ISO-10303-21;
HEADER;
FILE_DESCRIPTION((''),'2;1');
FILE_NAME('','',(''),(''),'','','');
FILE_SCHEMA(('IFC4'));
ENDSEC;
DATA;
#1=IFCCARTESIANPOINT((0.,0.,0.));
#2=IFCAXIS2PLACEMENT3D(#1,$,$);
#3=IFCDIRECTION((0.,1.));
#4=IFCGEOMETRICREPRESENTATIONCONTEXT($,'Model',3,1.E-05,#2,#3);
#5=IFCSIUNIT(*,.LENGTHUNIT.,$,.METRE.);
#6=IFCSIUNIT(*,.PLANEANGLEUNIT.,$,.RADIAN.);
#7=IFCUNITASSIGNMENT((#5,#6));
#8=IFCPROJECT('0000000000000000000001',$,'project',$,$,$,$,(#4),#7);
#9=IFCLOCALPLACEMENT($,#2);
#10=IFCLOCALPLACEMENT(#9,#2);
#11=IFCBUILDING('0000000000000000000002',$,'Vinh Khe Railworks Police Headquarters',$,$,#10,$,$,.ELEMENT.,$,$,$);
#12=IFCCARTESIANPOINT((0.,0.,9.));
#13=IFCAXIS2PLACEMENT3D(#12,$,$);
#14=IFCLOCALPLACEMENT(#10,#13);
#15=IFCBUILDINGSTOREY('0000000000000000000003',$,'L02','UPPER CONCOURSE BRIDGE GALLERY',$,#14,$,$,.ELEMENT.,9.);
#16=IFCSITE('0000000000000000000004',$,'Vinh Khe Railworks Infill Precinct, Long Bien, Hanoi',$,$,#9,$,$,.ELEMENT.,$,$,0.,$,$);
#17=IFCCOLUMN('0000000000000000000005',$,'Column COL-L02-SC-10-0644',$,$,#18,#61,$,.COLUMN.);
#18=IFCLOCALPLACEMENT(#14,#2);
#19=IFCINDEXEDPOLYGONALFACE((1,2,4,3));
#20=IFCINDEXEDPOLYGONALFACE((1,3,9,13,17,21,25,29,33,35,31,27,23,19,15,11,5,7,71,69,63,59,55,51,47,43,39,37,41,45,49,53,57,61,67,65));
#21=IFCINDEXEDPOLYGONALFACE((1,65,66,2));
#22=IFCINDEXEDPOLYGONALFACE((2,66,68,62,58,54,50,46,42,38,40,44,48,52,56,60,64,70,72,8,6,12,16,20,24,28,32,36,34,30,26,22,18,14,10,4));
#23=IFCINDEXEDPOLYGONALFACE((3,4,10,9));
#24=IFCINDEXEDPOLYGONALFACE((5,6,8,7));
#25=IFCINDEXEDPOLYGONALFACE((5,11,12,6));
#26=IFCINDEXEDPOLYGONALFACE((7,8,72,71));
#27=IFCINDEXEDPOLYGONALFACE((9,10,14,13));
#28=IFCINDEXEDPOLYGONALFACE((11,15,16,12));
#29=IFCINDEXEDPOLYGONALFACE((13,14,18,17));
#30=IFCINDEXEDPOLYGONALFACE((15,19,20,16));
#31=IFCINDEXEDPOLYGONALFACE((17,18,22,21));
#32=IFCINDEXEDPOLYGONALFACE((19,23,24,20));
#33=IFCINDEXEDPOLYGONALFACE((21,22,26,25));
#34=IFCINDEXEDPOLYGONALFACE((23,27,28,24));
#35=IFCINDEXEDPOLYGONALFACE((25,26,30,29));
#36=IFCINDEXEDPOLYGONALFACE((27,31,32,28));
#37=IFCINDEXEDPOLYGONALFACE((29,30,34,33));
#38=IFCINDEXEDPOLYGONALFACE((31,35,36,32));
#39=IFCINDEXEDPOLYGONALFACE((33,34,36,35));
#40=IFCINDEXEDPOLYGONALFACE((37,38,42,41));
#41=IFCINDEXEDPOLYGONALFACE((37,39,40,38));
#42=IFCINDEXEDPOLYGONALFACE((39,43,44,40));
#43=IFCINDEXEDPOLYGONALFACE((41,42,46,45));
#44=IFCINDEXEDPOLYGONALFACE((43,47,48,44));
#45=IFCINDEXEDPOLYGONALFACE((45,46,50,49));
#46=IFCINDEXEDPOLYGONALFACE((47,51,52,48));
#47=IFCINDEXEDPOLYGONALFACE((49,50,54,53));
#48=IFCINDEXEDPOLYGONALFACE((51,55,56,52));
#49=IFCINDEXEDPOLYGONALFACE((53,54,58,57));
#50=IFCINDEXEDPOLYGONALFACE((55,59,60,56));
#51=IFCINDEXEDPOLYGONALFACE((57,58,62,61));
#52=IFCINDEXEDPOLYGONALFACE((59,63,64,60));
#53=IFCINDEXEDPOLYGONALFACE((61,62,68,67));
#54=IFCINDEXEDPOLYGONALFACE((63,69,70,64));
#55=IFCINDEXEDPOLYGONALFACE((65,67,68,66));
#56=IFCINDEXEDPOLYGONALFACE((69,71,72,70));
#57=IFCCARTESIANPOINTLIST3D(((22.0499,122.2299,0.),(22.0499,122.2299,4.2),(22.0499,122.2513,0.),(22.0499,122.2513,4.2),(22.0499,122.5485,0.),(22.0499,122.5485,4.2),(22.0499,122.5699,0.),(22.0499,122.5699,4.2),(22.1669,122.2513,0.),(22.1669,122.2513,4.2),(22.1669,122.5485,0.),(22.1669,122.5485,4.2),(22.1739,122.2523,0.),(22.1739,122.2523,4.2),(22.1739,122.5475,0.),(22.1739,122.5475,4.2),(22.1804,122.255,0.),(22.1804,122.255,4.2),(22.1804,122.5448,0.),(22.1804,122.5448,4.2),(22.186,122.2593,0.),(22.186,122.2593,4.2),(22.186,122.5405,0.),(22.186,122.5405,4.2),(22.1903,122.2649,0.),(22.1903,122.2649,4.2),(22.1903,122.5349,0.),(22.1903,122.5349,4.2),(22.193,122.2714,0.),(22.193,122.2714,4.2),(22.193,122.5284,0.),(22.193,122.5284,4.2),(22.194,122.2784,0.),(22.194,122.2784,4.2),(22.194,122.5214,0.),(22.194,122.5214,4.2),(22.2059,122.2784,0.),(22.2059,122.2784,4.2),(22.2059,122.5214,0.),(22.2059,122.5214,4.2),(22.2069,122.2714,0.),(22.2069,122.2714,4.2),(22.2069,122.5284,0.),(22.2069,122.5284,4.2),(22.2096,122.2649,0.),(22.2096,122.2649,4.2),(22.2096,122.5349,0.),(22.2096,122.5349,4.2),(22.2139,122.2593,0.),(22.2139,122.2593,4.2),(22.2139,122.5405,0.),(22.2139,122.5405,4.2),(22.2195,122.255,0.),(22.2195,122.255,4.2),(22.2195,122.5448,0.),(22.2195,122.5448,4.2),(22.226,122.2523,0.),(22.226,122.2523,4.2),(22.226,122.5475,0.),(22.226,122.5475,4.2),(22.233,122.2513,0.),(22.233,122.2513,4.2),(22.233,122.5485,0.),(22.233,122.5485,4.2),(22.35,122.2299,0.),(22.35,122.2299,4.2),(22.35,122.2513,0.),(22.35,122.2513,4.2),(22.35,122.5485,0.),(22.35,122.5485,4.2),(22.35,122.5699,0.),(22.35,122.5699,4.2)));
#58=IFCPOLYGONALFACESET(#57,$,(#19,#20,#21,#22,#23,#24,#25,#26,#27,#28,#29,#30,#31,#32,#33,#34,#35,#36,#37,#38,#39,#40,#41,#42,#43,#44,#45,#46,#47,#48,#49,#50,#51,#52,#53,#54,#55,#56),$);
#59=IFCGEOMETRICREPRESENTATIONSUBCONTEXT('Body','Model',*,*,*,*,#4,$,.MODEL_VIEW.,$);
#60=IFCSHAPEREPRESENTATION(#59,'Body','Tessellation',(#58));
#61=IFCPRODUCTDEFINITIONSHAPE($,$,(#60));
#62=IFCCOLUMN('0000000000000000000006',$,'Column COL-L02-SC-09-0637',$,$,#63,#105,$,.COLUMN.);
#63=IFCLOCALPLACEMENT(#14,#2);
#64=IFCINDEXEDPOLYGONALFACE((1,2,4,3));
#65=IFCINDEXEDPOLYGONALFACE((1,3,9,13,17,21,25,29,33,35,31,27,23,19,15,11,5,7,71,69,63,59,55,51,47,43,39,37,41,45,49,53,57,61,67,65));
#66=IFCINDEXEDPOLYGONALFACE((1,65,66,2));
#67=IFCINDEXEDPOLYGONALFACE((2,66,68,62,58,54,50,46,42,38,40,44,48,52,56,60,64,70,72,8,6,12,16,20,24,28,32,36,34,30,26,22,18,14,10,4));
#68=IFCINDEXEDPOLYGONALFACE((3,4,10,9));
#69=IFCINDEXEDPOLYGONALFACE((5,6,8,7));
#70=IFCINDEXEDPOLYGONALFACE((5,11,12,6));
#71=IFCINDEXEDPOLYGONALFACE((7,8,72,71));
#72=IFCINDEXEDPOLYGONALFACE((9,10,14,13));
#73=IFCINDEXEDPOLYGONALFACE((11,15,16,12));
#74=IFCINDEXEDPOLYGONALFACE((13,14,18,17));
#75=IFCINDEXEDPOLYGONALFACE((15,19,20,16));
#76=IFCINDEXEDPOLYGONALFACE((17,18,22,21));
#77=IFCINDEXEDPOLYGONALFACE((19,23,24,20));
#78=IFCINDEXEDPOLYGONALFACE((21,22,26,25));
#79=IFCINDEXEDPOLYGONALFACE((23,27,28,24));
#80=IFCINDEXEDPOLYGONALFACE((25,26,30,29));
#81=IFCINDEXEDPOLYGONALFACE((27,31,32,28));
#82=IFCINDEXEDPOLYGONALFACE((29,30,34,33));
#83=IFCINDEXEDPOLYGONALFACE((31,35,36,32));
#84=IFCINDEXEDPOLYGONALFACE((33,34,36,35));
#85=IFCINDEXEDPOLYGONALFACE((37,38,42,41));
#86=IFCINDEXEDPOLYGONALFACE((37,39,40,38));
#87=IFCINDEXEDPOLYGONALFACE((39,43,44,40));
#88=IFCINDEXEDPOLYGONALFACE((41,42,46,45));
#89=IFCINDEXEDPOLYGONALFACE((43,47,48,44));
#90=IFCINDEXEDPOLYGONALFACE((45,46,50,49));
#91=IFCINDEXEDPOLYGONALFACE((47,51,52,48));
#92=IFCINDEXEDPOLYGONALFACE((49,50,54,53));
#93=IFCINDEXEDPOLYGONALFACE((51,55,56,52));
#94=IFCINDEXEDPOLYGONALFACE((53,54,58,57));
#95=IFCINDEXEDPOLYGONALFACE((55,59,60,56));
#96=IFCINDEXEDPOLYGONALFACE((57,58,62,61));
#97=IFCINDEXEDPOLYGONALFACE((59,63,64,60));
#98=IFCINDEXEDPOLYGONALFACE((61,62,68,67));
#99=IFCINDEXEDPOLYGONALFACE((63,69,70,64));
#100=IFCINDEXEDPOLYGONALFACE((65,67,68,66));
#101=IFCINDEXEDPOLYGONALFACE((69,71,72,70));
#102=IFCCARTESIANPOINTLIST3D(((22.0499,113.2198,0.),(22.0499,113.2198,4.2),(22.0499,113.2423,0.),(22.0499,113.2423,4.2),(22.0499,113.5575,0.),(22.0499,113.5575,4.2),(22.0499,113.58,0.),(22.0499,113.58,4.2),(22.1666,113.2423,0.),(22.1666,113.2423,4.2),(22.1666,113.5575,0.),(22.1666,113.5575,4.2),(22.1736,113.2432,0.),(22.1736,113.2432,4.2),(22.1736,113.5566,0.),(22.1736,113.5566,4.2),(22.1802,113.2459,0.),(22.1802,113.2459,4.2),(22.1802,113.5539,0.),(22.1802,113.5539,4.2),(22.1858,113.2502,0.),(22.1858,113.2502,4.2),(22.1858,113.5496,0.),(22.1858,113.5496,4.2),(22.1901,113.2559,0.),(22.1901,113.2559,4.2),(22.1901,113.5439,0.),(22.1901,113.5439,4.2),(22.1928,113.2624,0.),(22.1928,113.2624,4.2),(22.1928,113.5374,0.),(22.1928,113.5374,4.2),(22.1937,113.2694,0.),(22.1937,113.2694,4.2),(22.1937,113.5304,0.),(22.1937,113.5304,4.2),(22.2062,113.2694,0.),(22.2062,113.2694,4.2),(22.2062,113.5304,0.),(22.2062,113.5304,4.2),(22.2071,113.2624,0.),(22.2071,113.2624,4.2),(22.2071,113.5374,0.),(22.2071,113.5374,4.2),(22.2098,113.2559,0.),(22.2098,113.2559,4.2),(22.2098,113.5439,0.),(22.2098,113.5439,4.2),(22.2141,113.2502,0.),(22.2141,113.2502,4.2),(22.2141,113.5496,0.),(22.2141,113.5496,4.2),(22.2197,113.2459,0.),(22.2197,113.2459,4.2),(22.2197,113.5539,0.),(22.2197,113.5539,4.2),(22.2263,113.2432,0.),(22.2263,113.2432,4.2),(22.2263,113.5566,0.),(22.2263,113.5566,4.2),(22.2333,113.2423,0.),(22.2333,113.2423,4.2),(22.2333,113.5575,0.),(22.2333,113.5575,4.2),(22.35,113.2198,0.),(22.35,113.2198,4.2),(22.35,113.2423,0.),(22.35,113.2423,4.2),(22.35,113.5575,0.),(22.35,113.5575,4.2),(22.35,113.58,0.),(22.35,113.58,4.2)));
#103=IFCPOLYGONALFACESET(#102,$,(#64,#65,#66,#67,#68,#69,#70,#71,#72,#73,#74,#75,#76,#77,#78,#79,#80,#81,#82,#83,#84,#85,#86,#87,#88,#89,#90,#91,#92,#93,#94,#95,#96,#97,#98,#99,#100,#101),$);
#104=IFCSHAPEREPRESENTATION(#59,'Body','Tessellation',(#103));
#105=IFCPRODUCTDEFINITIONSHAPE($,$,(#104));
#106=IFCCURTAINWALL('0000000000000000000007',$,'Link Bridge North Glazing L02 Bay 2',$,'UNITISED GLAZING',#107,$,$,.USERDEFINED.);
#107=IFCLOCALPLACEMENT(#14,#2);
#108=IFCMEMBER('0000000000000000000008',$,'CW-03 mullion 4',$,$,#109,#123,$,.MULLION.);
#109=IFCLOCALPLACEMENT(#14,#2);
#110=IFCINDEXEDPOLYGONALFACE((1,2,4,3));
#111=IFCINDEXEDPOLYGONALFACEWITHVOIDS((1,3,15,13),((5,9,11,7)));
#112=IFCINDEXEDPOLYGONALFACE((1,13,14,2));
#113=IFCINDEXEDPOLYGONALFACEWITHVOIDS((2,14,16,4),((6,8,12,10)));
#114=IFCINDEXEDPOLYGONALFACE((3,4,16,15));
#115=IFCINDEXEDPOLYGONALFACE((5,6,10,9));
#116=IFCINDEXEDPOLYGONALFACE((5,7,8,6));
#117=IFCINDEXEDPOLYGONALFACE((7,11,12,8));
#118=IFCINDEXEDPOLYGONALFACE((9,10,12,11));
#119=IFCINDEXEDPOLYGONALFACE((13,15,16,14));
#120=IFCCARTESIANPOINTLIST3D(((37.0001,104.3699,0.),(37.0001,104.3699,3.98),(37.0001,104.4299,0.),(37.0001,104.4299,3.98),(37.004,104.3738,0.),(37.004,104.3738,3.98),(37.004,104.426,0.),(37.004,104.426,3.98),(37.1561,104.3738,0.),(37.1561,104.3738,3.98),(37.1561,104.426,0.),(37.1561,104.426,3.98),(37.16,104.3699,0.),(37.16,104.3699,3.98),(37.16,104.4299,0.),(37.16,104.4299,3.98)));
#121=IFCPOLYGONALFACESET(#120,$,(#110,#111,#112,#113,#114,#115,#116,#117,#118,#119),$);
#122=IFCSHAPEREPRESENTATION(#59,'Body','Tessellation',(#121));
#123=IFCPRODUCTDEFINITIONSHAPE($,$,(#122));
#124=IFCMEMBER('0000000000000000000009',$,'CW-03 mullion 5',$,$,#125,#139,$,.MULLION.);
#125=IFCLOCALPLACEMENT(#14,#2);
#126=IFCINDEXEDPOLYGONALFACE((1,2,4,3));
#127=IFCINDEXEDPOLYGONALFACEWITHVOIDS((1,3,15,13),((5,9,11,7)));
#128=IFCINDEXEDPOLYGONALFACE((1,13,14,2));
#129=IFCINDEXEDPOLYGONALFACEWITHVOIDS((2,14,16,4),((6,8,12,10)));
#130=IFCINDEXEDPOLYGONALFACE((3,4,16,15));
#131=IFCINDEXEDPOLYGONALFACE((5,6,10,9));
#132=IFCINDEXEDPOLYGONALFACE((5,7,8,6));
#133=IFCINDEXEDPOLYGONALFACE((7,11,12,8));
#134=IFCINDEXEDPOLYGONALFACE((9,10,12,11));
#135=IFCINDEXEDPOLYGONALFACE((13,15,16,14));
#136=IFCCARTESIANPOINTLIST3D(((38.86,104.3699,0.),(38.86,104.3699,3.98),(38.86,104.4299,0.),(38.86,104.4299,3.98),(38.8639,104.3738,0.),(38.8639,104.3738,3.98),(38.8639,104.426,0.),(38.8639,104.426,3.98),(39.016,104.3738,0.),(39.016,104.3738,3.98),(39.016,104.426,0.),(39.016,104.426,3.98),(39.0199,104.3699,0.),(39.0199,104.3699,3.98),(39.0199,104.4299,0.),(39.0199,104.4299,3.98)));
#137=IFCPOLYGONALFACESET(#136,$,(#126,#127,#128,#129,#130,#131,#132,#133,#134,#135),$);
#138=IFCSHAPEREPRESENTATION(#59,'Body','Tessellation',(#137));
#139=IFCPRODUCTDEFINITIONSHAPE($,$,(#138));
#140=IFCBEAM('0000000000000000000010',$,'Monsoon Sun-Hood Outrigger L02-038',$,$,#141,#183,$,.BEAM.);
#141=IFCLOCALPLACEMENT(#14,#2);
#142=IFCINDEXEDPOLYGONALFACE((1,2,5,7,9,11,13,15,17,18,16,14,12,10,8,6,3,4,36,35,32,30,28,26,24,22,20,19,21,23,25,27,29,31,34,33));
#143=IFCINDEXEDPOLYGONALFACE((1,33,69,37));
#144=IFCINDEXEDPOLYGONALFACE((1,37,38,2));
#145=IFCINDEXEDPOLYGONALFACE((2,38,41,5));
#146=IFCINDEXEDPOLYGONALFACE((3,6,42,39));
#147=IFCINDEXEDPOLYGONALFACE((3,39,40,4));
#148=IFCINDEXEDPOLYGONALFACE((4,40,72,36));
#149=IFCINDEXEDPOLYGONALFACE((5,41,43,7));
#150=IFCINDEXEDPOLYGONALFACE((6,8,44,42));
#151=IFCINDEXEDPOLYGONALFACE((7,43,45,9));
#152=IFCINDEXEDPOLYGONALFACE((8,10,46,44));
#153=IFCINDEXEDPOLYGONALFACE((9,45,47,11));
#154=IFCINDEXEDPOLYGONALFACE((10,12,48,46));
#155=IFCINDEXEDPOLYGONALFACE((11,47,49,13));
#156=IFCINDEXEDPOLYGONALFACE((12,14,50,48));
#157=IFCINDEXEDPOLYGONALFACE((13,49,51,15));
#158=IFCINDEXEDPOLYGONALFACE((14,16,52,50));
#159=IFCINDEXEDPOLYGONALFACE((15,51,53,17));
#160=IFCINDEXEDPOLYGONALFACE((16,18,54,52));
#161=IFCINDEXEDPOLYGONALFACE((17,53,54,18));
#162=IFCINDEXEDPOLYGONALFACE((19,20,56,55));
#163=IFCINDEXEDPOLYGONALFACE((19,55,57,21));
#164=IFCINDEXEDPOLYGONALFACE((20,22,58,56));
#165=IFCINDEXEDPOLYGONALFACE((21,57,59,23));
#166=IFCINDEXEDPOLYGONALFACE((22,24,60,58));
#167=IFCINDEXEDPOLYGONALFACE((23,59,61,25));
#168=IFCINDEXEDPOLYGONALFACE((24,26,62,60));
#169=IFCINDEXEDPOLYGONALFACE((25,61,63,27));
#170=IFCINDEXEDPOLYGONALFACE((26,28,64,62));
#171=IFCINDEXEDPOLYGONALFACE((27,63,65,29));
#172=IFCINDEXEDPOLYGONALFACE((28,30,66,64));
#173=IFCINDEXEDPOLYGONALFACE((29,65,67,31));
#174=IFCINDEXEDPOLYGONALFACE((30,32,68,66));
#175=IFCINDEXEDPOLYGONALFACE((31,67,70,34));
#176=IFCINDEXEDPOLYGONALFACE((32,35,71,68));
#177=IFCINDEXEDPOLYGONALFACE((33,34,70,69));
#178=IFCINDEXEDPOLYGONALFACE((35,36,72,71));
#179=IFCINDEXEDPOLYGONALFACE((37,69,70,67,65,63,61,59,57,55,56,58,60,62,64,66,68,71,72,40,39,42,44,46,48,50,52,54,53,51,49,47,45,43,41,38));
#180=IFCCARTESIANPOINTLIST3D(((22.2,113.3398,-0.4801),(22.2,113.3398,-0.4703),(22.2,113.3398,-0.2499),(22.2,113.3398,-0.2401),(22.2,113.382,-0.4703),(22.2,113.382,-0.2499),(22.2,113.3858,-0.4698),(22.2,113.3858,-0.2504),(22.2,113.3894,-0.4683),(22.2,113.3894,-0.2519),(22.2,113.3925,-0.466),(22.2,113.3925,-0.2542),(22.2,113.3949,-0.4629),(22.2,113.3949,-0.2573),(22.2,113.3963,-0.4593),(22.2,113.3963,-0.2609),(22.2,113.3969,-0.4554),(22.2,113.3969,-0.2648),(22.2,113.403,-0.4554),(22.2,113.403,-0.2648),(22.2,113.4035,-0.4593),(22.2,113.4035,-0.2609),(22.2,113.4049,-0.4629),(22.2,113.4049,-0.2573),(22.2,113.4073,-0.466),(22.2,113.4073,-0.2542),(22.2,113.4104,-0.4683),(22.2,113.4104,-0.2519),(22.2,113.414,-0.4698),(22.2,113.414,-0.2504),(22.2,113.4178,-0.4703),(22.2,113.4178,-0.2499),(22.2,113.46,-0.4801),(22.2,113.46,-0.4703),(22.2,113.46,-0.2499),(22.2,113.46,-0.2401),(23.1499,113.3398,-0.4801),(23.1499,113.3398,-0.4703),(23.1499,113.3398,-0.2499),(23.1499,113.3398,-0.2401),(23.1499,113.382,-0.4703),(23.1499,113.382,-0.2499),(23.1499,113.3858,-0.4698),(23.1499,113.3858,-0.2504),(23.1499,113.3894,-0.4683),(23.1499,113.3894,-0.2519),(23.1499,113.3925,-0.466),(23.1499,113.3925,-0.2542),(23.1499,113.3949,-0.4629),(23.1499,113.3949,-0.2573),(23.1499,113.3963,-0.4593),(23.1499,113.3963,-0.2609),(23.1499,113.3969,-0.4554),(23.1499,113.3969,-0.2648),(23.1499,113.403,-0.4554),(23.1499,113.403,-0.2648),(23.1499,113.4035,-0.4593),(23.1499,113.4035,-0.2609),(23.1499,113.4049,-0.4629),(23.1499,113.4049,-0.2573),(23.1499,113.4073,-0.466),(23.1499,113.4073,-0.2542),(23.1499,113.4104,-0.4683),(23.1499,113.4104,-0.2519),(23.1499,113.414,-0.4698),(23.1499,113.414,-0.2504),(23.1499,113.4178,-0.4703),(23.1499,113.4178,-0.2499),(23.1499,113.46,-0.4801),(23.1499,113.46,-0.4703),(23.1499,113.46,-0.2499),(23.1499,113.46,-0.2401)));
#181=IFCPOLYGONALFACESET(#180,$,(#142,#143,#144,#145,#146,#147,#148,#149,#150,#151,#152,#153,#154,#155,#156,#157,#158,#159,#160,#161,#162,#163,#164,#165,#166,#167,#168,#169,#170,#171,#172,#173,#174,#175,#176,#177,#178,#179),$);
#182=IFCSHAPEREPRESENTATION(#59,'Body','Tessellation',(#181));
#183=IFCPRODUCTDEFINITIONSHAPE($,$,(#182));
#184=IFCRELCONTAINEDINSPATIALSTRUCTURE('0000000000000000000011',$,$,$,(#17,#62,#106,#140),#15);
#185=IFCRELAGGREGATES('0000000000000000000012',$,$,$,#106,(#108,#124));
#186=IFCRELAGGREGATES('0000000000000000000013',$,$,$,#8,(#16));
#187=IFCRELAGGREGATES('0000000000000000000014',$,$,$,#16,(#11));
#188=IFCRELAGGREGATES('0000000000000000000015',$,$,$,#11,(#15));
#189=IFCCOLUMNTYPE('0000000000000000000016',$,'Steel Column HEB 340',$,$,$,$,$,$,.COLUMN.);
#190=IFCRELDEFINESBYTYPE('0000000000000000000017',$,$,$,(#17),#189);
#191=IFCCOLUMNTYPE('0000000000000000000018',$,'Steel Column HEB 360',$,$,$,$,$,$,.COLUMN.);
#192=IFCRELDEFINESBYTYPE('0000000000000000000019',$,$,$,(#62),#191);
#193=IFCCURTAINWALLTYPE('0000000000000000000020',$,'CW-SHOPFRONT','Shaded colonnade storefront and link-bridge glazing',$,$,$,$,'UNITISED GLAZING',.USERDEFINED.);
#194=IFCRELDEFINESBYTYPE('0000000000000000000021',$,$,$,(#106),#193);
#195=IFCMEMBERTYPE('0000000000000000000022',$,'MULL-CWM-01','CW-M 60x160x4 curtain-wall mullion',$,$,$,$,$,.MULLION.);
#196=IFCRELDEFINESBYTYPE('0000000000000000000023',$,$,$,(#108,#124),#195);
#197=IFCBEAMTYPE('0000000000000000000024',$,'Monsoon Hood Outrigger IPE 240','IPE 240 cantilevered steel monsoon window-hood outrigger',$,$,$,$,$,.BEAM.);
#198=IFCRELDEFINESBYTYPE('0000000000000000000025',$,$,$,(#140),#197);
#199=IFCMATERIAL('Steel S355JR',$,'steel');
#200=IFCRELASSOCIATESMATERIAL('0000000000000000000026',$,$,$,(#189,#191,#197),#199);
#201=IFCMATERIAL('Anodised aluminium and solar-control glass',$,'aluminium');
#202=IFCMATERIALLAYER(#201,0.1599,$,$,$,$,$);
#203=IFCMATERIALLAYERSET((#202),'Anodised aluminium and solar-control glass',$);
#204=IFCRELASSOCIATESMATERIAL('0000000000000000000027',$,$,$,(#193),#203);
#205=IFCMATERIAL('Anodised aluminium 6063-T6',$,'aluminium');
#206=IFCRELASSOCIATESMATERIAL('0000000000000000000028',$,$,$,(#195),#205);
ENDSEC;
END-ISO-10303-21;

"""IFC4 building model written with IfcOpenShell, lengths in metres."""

from ifc_helpers import new_model, si_unit, direction, frame, origin, origin_2d, place, context, subcontext, project, spatial, hollow_rectangle, i_section, extrude, material, layer, layer_set, material_profile, profile_set, type_object, element, aggregate, save


model = new_model("IFC4")

# Units and contexts
model_context = context("Model", 3, precision=1e-05, world=origin(), true_north=direction((0.0, 1.0)))
body_context = subcontext(model_context, "Body", "Model", "MODEL_VIEW")
ifc_project = project(units=[si_unit("LENGTHUNIT", "METRE"), si_unit("PLANEANGLEUNIT", "RADIAN")], contexts=[model_context])

# Site, building, storey
site_placement = place(None, origin())
site = spatial("IfcSite", under=ifc_project, at=site_placement, Name="Vinh Khe Railworks Infill Precinct, Long Bien, Hanoi", CompositionType="ELEMENT", RefElevation=0.0)
building_placement = place(site_placement, origin())
building = spatial("IfcBuilding", under=site, at=building_placement, Name="Vinh Khe Railworks Police Headquarters", CompositionType="ELEMENT")
storey_placement = place(building_placement, frame((0.0, 0.0, 9.0)))
storey = spatial("IfcBuildingStorey", under=building, at=storey_placement, Name="L02", Description="UPPER CONCOURSE BRIDGE GALLERY", CompositionType="ELEMENT", Elevation=9.0)

# Columns
ifc_material_1 = material(Name="Steel S355JR", Category="steel")
ifc_material_profile_1 = material_profile(ifc_material_1, i_section(OverallWidth=0.3, OverallDepth=0.3401, WebThickness=0.012, FlangeThickness=0.0215, FilletRadius=0.0271, at=origin_2d()), Name="HEB 340")
ifc_profile_set_1 = profile_set([ifc_material_profile_1], Name="Steel S355JR")
column_type_1 = type_object("IfcColumnType", Name="Steel Column HEB 340", PredefinedType="COLUMN", material=ifc_profile_set_1)
column_1_placement = place(storey_placement, frame((22.2, 122.3999, 0.0), z_axis=(0.0, 0.0, 1.0), x_axis=(1.0, 0.0, 0.0)))
element("IfcColumn", 1, at=column_1_placement, inside=storey, type_object=column_type_1, Name="Column COL-L02-SC-10-0644", PredefinedType="COLUMN", context=body_context, shape_type="SweptSolid", body=[
    extrude(i_section(OverallWidth=0.3, OverallDepth=0.3401, WebThickness=0.012, FlangeThickness=0.0215, FilletRadius=0.0271, at=origin_2d()), origin(), (0.0, 0.0, 1.0), 4.2),
])
ifc_material_profile_2 = material_profile(ifc_material_1, i_section(OverallWidth=0.3, OverallDepth=0.3601, WebThickness=0.0125, FlangeThickness=0.0225, FilletRadius=0.0271, at=origin_2d()), Name="HEB 360")
ifc_profile_set_2 = profile_set([ifc_material_profile_2], Name="Steel S355JR")
column_type_2 = type_object("IfcColumnType", Name="Steel Column HEB 360", PredefinedType="COLUMN", material=ifc_profile_set_2)
column_2_placement = place(storey_placement, frame((22.2, 113.3999, 0.0), z_axis=(0.0, 0.0, 1.0), x_axis=(1.0, 0.0, 0.0)))
element("IfcColumn", 2, at=column_2_placement, inside=storey, type_object=column_type_2, Name="Column COL-L02-SC-09-0637", PredefinedType="COLUMN", context=body_context, shape_type="SweptSolid", body=[
    extrude(i_section(OverallWidth=0.3, OverallDepth=0.3601, WebThickness=0.0125, FlangeThickness=0.0225, FilletRadius=0.0271, at=origin_2d()), origin(), (0.0, 0.0, 1.0), 4.2),
])

# Curtain wall, members
ifc_material_2 = material(Name="Anodised aluminium and solar-control glass", Category="aluminium")
ifc_layer_1 = layer(ifc_material_2, 0.1599)
ifc_layer_set_1 = layer_set([ifc_layer_1], Name="Anodised aluminium and solar-control glass")
curtain_wall_type = type_object("IfcCurtainWallType", Name="CW-SHOPFRONT", Description="Shaded colonnade storefront and link-bridge glazing", ElementType="UNITISED GLAZING", PredefinedType="USERDEFINED", material=ifc_layer_set_1)
curtain_wall_placement = place(storey_placement, origin())
curtain_wall = element("IfcCurtainWall", 3, at=curtain_wall_placement, inside=storey, type_object=curtain_wall_type, Name="Link Bridge North Glazing L02 Bay 2", ObjectType="UNITISED GLAZING", PredefinedType="USERDEFINED")
ifc_material_3 = material(Name="Anodised aluminium 6063-T6", Category="aluminium")
ifc_material_profile_3 = material_profile(ifc_material_3, hollow_rectangle(XDim=0.0601, YDim=0.1599, WallThickness=0.0039, at=origin_2d()), Name="CW-M 60x160x4")
ifc_profile_set_3 = profile_set([ifc_material_profile_3], Name="Anodised aluminium 6063-T6")
member_type_1 = type_object("IfcMemberType", Name="MULL-CWM-01", Description="CW-M 60x160x4 curtain-wall mullion", PredefinedType="MULLION", material=ifc_profile_set_3)
member_1_placement = place(storey_placement, frame((37.0801, 104.3999, 0.0), z_axis=(0.0, 0.0, 1.0), x_axis=(0.0, 1.0, 0.0)))
member_1 = element("IfcMember", 4, at=member_1_placement, type_object=member_type_1, Name="CW-03 mullion 4", PredefinedType="MULLION", context=body_context, shape_type="SweptSolid", body=[
    extrude(hollow_rectangle(XDim=0.0601, YDim=0.1599, WallThickness=0.0039, at=origin_2d()), origin(), (0.0, 0.0, 1.0), 3.98),
])
member_2_placement = place(storey_placement, frame((38.9399, 104.3999, 0.0), z_axis=(0.0, 0.0, 1.0), x_axis=(0.0, 1.0, 0.0)))
member_2 = element("IfcMember", 5, at=member_2_placement, type_object=member_type_1, Name="CW-03 mullion 5", PredefinedType="MULLION", context=body_context, shape_type="SweptSolid", body=[
    extrude(hollow_rectangle(XDim=0.0601, YDim=0.1599, WallThickness=0.0039, at=origin_2d()), origin(), (0.0, 0.0, 1.0), 3.98),
])

# Beam
ifc_material_profile_4 = material_profile(ifc_material_1, i_section(OverallWidth=0.1201, OverallDepth=0.24, WebThickness=0.0061, FlangeThickness=0.0098, FilletRadius=0.0149, at=origin_2d()), Name="IPE 240")
ifc_profile_set_4 = profile_set([ifc_material_profile_4], Name="Steel S355JR")
beam_type_1 = type_object("IfcBeamType", Name="Monsoon Hood Outrigger IPE 240", Description="IPE 240 cantilevered steel monsoon window-hood outrigger", PredefinedType="BEAM", material=ifc_profile_set_4)
for number, where, z_axis, x_axis, name in (
    (6, (22.2, 113.3999, -0.3601), (1.0, 0.0, 0.0), (0.0, 1.0, 0.0), "Monsoon Sun-Hood Outrigger L02-038"),
):
    element("IfcBeam", number, at=place(storey_placement, frame(where, z_axis=z_axis, x_axis=x_axis)), inside=storey, type_object=beam_type_1, Name=name, PredefinedType="BEAM", context=body_context, shape_type="SweptSolid", body=[
        extrude(i_section(OverallWidth=0.1201, OverallDepth=0.24, WebThickness=0.0061, FlangeThickness=0.0098, FilletRadius=0.0149, at=origin_2d()), origin(), (0.0, 0.0, 1.0), 0.95),
    ])

aggregate(curtain_wall, [member_1, member_2])

save(model, "model.ifc")
